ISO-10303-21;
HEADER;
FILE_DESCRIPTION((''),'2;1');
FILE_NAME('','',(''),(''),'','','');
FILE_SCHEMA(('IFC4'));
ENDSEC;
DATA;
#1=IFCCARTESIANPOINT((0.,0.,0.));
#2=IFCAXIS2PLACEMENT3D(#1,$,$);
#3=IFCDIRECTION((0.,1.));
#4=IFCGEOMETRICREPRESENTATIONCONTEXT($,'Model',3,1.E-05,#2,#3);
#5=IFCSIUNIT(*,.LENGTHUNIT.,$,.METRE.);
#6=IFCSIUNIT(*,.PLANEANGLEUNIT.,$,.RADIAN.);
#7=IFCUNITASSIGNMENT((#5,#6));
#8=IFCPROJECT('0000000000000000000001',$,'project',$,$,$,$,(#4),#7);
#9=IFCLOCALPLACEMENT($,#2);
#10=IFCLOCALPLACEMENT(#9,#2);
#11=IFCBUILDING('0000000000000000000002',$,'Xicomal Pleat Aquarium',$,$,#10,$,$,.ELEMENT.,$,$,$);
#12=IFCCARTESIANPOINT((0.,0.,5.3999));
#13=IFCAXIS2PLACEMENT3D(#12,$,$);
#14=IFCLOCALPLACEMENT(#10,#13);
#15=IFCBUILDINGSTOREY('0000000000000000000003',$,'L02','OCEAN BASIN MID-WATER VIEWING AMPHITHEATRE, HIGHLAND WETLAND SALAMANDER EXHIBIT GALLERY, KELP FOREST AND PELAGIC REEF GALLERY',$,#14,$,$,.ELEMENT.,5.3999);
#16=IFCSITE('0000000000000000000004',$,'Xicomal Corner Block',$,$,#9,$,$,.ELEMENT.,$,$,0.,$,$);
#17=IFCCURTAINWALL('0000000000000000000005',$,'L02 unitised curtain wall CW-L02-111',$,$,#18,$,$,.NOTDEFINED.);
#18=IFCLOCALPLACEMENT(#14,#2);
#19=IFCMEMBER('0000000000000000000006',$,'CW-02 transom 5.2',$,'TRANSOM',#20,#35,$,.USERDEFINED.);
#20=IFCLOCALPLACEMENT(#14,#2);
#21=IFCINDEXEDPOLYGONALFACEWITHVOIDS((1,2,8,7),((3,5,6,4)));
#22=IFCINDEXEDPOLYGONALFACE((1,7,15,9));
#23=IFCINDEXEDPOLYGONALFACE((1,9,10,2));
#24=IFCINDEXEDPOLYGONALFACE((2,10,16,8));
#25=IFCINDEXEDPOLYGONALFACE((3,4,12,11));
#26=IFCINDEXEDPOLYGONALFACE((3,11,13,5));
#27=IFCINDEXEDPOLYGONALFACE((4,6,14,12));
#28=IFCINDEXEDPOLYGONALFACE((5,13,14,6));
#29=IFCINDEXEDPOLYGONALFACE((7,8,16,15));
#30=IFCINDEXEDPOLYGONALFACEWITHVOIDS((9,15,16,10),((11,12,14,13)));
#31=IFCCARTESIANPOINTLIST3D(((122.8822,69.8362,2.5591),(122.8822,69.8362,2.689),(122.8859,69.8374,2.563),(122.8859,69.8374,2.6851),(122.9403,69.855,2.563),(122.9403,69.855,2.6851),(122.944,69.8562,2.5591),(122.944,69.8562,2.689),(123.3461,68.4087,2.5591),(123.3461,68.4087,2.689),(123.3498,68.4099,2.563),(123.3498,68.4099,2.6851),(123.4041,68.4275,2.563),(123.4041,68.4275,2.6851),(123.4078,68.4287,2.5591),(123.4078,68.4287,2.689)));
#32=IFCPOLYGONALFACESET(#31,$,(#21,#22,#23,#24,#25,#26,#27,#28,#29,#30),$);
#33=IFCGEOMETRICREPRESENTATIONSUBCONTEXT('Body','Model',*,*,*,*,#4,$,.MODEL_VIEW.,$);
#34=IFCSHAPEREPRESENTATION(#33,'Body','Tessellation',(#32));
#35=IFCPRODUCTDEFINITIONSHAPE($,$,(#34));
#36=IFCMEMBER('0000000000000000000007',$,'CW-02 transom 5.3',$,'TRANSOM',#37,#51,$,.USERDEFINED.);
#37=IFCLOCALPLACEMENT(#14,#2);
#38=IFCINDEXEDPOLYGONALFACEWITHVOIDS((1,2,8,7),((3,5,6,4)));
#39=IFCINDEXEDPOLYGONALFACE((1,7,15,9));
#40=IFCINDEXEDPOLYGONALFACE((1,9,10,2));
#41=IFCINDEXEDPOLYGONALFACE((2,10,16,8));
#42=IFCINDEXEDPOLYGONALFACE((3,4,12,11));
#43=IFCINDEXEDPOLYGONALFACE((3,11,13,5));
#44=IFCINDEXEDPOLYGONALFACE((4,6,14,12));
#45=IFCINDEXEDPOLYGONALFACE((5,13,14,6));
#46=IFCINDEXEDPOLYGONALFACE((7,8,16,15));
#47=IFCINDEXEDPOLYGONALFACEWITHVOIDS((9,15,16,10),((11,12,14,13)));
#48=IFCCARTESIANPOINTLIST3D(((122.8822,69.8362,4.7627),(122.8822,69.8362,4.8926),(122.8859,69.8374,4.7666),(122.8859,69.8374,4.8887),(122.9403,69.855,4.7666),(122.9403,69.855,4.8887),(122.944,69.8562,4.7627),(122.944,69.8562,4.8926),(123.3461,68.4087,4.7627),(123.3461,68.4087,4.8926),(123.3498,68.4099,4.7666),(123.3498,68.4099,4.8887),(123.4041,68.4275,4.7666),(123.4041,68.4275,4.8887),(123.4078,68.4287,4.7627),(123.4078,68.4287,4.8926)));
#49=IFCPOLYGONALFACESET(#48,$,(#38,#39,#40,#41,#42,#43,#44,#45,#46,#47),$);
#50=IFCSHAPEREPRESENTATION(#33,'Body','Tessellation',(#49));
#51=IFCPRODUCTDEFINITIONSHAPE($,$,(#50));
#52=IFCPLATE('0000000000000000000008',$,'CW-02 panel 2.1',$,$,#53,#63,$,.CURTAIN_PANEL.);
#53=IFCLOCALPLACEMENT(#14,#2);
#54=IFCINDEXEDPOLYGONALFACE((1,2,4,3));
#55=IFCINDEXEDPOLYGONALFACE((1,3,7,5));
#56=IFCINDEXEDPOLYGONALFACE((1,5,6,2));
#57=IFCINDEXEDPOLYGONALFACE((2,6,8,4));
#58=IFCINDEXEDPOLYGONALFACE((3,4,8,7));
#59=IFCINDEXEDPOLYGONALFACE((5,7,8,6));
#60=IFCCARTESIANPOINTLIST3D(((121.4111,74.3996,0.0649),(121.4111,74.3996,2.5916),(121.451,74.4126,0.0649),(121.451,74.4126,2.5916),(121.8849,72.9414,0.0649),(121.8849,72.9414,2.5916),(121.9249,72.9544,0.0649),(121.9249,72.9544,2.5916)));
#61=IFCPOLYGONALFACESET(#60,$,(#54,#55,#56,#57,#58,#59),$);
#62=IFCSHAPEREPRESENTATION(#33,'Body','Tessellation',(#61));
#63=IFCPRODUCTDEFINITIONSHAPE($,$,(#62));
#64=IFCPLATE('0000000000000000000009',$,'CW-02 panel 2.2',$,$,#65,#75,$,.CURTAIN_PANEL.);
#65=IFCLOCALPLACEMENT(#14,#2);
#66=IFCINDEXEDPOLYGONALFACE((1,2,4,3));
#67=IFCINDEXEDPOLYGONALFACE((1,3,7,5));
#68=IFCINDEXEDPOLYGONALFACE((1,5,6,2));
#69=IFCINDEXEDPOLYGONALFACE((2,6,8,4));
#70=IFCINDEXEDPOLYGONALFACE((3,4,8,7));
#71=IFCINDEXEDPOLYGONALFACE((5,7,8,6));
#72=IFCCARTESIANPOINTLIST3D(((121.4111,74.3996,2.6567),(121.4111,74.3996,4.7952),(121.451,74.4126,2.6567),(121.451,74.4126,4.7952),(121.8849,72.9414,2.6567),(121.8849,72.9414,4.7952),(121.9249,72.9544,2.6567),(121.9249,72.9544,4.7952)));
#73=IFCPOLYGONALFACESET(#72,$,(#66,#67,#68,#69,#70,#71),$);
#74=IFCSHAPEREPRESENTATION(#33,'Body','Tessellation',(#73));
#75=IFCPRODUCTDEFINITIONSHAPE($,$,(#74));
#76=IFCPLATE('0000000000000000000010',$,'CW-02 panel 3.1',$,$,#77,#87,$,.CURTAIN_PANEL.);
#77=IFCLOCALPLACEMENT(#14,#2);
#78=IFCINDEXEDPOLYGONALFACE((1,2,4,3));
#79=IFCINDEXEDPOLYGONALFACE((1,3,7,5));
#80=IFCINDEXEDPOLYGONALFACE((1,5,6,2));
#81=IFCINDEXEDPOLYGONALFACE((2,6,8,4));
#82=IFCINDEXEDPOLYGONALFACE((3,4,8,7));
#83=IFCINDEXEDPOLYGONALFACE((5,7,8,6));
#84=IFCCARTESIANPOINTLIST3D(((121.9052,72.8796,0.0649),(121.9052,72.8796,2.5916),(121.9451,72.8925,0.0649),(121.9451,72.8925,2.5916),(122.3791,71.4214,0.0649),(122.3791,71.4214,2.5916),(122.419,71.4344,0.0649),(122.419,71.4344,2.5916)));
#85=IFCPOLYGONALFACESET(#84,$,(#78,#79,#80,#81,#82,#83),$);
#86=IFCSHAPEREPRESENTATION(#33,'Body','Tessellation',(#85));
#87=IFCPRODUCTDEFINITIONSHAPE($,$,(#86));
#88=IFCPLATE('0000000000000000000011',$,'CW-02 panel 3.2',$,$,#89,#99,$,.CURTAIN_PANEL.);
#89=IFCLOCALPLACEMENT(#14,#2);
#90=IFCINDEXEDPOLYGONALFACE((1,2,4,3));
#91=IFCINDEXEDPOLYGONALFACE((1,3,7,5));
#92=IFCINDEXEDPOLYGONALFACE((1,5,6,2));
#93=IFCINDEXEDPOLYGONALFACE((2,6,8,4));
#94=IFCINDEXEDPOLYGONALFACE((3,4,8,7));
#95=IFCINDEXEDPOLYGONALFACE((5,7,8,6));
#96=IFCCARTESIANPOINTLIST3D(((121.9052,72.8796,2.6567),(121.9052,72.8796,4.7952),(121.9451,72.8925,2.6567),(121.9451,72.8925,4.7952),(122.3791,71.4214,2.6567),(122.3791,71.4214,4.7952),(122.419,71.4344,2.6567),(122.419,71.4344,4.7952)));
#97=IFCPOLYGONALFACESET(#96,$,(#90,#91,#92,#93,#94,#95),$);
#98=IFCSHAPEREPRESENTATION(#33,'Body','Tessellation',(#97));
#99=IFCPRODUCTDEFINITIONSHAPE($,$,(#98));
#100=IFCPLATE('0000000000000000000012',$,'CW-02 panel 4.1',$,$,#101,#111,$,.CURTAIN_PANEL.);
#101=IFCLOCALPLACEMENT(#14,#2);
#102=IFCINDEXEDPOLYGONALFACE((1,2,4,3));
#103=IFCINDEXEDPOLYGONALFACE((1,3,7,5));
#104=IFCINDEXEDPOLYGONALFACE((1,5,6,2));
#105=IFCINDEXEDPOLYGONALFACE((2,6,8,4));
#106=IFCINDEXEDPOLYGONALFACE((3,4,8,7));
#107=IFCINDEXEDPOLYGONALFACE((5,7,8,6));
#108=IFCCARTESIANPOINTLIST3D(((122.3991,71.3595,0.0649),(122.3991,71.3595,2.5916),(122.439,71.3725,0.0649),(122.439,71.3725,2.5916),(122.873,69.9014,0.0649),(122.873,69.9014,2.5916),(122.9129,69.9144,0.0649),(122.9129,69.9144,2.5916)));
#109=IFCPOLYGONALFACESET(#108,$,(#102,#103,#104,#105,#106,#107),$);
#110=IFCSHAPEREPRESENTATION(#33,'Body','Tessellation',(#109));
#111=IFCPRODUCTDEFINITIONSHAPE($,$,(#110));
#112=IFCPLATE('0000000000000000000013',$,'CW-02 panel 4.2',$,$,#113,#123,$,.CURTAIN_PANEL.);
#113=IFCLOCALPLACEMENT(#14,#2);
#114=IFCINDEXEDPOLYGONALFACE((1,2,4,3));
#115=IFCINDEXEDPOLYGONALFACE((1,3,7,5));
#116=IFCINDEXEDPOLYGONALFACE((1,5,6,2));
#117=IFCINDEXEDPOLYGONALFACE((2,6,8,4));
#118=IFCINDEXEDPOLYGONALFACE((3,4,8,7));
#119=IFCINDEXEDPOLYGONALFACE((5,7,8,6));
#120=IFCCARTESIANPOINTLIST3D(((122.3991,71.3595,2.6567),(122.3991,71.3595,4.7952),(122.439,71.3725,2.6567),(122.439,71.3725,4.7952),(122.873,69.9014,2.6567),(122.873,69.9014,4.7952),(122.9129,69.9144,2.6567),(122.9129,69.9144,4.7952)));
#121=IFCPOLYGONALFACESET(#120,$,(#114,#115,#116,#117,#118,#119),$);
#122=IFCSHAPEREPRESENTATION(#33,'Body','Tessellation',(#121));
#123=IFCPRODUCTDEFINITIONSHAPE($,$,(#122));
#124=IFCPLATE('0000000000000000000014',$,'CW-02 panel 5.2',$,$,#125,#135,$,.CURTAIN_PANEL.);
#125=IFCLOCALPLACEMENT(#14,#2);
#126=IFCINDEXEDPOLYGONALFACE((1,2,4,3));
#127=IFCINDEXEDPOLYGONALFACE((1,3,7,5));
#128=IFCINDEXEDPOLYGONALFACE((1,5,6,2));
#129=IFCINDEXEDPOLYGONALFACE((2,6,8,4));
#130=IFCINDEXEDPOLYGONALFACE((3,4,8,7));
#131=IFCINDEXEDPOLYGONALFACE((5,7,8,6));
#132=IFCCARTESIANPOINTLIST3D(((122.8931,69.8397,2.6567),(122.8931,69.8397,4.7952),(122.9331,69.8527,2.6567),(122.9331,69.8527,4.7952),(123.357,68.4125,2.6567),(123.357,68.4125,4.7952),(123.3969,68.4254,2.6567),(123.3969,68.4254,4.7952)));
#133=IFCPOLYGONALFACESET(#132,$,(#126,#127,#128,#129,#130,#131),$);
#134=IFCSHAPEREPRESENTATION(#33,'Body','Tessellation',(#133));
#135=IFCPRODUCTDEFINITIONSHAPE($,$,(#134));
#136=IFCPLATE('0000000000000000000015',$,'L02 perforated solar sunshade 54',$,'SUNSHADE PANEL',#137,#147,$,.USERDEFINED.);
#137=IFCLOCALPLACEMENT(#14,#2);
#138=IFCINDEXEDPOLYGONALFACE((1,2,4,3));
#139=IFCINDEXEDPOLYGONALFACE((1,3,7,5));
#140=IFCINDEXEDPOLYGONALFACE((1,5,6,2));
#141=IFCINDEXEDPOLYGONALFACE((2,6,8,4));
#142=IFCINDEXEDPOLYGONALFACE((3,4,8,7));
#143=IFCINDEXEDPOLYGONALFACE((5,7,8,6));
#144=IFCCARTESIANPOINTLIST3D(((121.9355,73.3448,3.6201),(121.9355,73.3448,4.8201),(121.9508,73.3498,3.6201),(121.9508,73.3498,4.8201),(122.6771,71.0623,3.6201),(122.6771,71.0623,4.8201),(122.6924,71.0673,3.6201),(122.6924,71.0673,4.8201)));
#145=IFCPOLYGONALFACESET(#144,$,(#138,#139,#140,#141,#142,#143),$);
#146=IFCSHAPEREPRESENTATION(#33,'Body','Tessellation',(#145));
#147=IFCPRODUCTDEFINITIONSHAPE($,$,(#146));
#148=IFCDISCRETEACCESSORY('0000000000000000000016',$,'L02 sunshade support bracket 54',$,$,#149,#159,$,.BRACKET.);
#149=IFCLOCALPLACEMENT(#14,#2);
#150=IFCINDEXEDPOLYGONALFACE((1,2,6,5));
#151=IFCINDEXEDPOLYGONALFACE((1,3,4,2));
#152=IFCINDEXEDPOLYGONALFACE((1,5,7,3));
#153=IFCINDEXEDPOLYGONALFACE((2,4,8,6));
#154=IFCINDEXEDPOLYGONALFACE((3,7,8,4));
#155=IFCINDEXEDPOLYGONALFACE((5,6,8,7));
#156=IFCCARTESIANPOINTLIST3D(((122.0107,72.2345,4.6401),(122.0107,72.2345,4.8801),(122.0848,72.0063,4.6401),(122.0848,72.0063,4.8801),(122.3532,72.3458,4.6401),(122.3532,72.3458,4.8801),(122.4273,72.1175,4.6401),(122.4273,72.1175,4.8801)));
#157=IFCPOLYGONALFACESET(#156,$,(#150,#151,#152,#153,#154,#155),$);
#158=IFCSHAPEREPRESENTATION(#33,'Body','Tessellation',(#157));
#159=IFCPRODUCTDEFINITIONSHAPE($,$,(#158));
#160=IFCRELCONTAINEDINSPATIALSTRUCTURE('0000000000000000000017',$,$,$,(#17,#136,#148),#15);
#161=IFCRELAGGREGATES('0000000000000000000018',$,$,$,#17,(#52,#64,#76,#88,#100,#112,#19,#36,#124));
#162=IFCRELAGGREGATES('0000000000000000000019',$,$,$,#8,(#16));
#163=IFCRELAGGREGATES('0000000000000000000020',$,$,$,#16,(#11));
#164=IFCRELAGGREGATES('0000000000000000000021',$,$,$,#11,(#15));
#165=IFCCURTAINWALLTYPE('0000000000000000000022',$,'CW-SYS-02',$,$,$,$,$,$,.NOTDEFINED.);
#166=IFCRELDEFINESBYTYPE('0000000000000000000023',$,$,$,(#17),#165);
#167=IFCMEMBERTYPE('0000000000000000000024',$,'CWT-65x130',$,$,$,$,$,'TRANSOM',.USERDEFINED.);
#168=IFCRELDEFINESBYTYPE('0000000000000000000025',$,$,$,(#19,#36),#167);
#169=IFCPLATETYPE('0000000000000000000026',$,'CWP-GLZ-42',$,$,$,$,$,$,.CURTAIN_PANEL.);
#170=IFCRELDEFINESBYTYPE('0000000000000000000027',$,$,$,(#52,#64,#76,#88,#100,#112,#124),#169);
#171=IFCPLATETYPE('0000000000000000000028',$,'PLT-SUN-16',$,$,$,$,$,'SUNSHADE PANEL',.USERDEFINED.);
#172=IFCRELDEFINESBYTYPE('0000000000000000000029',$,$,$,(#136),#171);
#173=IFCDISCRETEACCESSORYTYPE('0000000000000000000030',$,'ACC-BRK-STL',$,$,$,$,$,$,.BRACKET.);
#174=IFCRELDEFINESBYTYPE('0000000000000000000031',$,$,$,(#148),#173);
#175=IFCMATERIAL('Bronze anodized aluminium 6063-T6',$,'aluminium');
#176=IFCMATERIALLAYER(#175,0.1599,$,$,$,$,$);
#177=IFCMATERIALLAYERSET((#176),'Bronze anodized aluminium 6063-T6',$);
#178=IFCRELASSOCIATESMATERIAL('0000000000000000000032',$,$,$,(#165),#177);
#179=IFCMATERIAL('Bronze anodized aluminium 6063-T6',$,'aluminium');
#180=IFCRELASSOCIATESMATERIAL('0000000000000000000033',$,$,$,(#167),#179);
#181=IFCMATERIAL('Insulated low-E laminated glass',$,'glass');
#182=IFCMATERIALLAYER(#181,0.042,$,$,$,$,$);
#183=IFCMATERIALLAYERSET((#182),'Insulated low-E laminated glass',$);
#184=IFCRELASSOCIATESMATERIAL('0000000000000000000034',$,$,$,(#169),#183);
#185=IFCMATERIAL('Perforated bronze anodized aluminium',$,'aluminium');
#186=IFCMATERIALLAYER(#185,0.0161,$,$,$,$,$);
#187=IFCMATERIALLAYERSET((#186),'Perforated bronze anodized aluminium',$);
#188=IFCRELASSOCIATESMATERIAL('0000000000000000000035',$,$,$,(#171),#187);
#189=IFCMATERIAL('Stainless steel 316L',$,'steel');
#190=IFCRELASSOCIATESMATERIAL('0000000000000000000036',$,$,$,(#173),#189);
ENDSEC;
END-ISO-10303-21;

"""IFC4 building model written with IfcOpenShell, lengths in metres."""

from ifc_helpers import new_model, si_unit, direction, frame, origin, origin_2d, place, context, subcontext, project, spatial, rectangle, hollow_rectangle, extrude, material, layer, layer_set, material_profile, profile_set, type_object, element, aggregate, save


model = new_model("IFC4")

# Units and contexts
model_context = context("Model", 3, precision=1e-05, world=origin(), true_north=direction((0.0, 1.0)))
body_context = subcontext(model_context, "Body", "Model", "MODEL_VIEW")
ifc_project = project(units=[si_unit("LENGTHUNIT", "METRE"), si_unit("PLANEANGLEUNIT", "RADIAN")], contexts=[model_context])

# Site, building, storey
site_placement = place(None, origin())
site = spatial("IfcSite", under=ifc_project, at=site_placement, Name="Xicomal Corner Block", CompositionType="ELEMENT", RefElevation=0.0)
building_placement = place(site_placement, origin())
building = spatial("IfcBuilding", under=site, at=building_placement, Name="Xicomal Pleat Aquarium", CompositionType="ELEMENT")
storey_placement = place(building_placement, frame((0.0, 0.0, 5.3999)))
storey = spatial("IfcBuildingStorey", under=building, at=storey_placement, Name="L02", Description="OCEAN BASIN MID-WATER VIEWING AMPHITHEATRE, HIGHLAND WETLAND SALAMANDER EXHIBIT GALLERY, KELP FOREST AND PELAGIC REEF GALLERY", CompositionType="ELEMENT", Elevation=5.3999)

# Curtain wall, members, plates
ifc_material_1 = material(Name="Bronze anodized aluminium 6063-T6", Category="aluminium")
ifc_layer_1 = layer(ifc_material_1, 0.1599)
ifc_layer_set_1 = layer_set([ifc_layer_1], Name="Bronze anodized aluminium 6063-T6")
curtain_wall_type = type_object("IfcCurtainWallType", Name="CW-SYS-02", PredefinedType="NOTDEFINED", material=ifc_layer_set_1)
curtain_wall_placement = place(storey_placement, origin())
curtain_wall = element("IfcCurtainWall", 1, at=curtain_wall_placement, inside=storey, type_object=curtain_wall_type, Name="L02 unitised curtain wall CW-L02-111", PredefinedType="NOTDEFINED")
ifc_material_2 = material(Name="Bronze anodized aluminium 6063-T6", Category="aluminium")
ifc_material_profile_1 = material_profile(ifc_material_2, hollow_rectangle(XDim=0.0649, YDim=0.1299, WallThickness=0.0039, at=origin_2d()), Name="ALU TRAN 65x130")
ifc_profile_set_1 = profile_set([ifc_material_profile_1], Name="Bronze anodized aluminium 6063-T6")
member_type_1 = type_object("IfcMemberType", Name="CWT-65x130", ElementType="TRANSOM", PredefinedType="USERDEFINED", material=ifc_profile_set_1)
member_1_placement = place(storey_placement, frame((122.9131, 69.8462, 2.624), z_axis=(0.309046, -0.951047, 0.0), x_axis=(0.951047, 0.309046, 0.0)))
member_1 = element("IfcMember", 2, at=member_1_placement, type_object=member_type_1, Name="CW-02 transom 5.2", ObjectType="TRANSOM", PredefinedType="USERDEFINED", context=body_context, shape_type="SweptSolid", body=[
    extrude(hollow_rectangle(XDim=0.0649, YDim=0.1299, WallThickness=0.0039, at=origin_2d()), origin(), (0.0, 0.0, 1.0), 1.501),
])
member_2_placement = place(storey_placement, frame((122.9131, 69.8462, 4.8276), z_axis=(0.309046, -0.951047, 0.0), x_axis=(0.951047, 0.309046, 0.0)))
member_2 = element("IfcMember", 3, at=member_2_placement, type_object=member_type_1, Name="CW-02 transom 5.3", ObjectType="TRANSOM", PredefinedType="USERDEFINED", context=body_context, shape_type="SweptSolid", body=[
    extrude(hollow_rectangle(XDim=0.0649, YDim=0.1299, WallThickness=0.0039, at=origin_2d()), origin(), (0.0, 0.0, 1.0), 1.501),
])
ifc_material_3 = material(Name="Insulated low-E laminated glass", Category="glass")
ifc_layer_2 = layer(ifc_material_3, 0.042)
ifc_layer_set_2 = layer_set([ifc_layer_2], Name="Insulated low-E laminated glass")
plate_type_1 = type_object("IfcPlateType", Name="CWP-GLZ-42", PredefinedType="CURTAIN_PANEL", material=ifc_layer_set_2)
plate_1_placement = place(storey_placement, frame((121.668, 73.677, 0.0649), z_axis=(0.0, 0.0, 1.0), x_axis=(0.309086, -0.951034, 0.0)))
plate_1 = element("IfcPlate", 4, at=plate_1_placement, type_object=plate_type_1, Name="CW-02 panel 2.1", PredefinedType="CURTAIN_PANEL", context=body_context, shape_type="SweptSolid", body=[
    extrude(rectangle(XDim=1.5332, YDim=0.042, at=origin_2d()), origin(), (0.0, 0.0, 1.0), 2.5266),
])
plate_2_placement = place(storey_placement, frame((121.668, 73.677, 2.6567), z_axis=(0.0, 0.0, 1.0), x_axis=(0.309086, -0.951034, 0.0)))
plate_2 = element("IfcPlate", 5, at=plate_2_placement, type_object=plate_type_1, Name="CW-02 panel 2.2", PredefinedType="CURTAIN_PANEL", context=body_context, shape_type="SweptSolid", body=[
    extrude(rectangle(XDim=1.5332, YDim=0.042, at=origin_2d()), origin(), (0.0, 0.0, 1.0), 2.1384),
])
plate_3_placement = place(storey_placement, frame((122.1621, 72.157, 0.0649), z_axis=(0.0, 0.0, 1.0), x_axis=(0.309086, -0.951034, 0.0)))
plate_3 = element("IfcPlate", 6, at=plate_3_placement, type_object=plate_type_1, Name="CW-02 panel 3.1", PredefinedType="CURTAIN_PANEL", context=body_context, shape_type="SweptSolid", body=[
    extrude(rectangle(XDim=1.5332, YDim=0.042, at=origin_2d()), origin(), (0.0, 0.0, 1.0), 2.5266),
])
plate_4_placement = place(storey_placement, frame((122.1621, 72.157, 2.6567), z_axis=(0.0, 0.0, 1.0), x_axis=(0.309086, -0.951034, 0.0)))
plate_4 = element("IfcPlate", 7, at=plate_4_placement, type_object=plate_type_1, Name="CW-02 panel 3.2", PredefinedType="CURTAIN_PANEL", context=body_context, shape_type="SweptSolid", body=[
    extrude(rectangle(XDim=1.5332, YDim=0.042, at=origin_2d()), origin(), (0.0, 0.0, 1.0), 2.1384),
])
plate_5_placement = place(storey_placement, frame((122.656, 70.637, 0.0649), z_axis=(0.0, 0.0, 1.0), x_axis=(0.309086, -0.951034, 0.0)))
plate_5 = element("IfcPlate", 8, at=plate_5_placement, type_object=plate_type_1, Name="CW-02 panel 4.1", PredefinedType="CURTAIN_PANEL", context=body_context, shape_type="SweptSolid", body=[
    extrude(rectangle(XDim=1.5332, YDim=0.042, at=origin_2d()), origin(), (0.0, 0.0, 1.0), 2.5266),
])
plate_6_placement = place(storey_placement, frame((122.656, 70.637, 2.6567), z_axis=(0.0, 0.0, 1.0), x_axis=(0.309086, -0.951034, 0.0)))
plate_6 = element("IfcPlate", 9, at=plate_6_placement, type_object=plate_type_1, Name="CW-02 panel 4.2", PredefinedType="CURTAIN_PANEL", context=body_context, shape_type="SweptSolid", body=[
    extrude(rectangle(XDim=1.5332, YDim=0.042, at=origin_2d()), origin(), (0.0, 0.0, 1.0), 2.1384),
])
plate_7_placement = place(storey_placement, frame((123.145, 69.1326, 2.6567), z_axis=(0.0, 0.0, 1.0), x_axis=(0.309086, -0.951034, 0.0)))
plate_7 = element("IfcPlate", 10, at=plate_7_placement, type_object=plate_type_1, Name="CW-02 panel 5.2", PredefinedType="CURTAIN_PANEL", context=body_context, shape_type="SweptSolid", body=[
    extrude(rectangle(XDim=1.5007, YDim=0.042, at=origin_2d()), origin(), (0.0, 0.0, 1.0), 2.1384),
])
aggregate(curtain_wall, [plate_1, plate_2, plate_3, plate_4, plate_5, plate_6, member_1, member_2, plate_7])

# Plate
ifc_material_4 = material(Name="Perforated bronze anodized aluminium", Category="aluminium")
ifc_layer_3 = layer(ifc_material_4, 0.0161)
ifc_layer_set_3 = layer_set([ifc_layer_3], Name="Perforated bronze anodized aluminium")
plate_type_2 = type_object("IfcPlateType", Name="PLT-SUN-16", ElementType="SUNSHADE PANEL", PredefinedType="USERDEFINED", material=ifc_layer_set_3)
plate_8_placement = place(storey_placement, frame((122.314, 72.2061, 3.6201), z_axis=(0.0, 0.0, 1.0), x_axis=(0.309017, -0.951057, 0.0)))
element("IfcPlate", 11, at=plate_8_placement, inside=storey, type_object=plate_type_2, Name="L02 perforated solar sunshade 54", ObjectType="SUNSHADE PANEL", PredefinedType="USERDEFINED", context=body_context, shape_type="SweptSolid", body=[
    extrude(rectangle(XDim=2.3999, YDim=0.0161, at=origin_2d()), origin(), (0.0, 0.0, 1.0), 1.2),
])

# Discrete accessory
ifc_material_5 = material(Name="Stainless steel 316L", Category="steel")
discrete_accessory_type = type_object("IfcDiscreteAccessoryType", Name="ACC-BRK-STL", PredefinedType="BRACKET", material=ifc_material_5)
discrete_accessory_placement = place(storey_placement, frame((122.219, 72.176, 4.6401), z_axis=(0.0, 0.0, 1.0), x_axis=(0.309017, -0.951057, 0.0)))
element("IfcDiscreteAccessory", 12, at=discrete_accessory_placement, inside=storey, type_object=discrete_accessory_type, Name="L02 sunshade support bracket 54", PredefinedType="BRACKET", context=body_context, shape_type="SweptSolid", body=[
    extrude(rectangle(XDim=0.24, YDim=0.3601, at=origin_2d()), origin(), (0.0, 0.0, 1.0), 0.24),
])

save(model, "model.ifc")
